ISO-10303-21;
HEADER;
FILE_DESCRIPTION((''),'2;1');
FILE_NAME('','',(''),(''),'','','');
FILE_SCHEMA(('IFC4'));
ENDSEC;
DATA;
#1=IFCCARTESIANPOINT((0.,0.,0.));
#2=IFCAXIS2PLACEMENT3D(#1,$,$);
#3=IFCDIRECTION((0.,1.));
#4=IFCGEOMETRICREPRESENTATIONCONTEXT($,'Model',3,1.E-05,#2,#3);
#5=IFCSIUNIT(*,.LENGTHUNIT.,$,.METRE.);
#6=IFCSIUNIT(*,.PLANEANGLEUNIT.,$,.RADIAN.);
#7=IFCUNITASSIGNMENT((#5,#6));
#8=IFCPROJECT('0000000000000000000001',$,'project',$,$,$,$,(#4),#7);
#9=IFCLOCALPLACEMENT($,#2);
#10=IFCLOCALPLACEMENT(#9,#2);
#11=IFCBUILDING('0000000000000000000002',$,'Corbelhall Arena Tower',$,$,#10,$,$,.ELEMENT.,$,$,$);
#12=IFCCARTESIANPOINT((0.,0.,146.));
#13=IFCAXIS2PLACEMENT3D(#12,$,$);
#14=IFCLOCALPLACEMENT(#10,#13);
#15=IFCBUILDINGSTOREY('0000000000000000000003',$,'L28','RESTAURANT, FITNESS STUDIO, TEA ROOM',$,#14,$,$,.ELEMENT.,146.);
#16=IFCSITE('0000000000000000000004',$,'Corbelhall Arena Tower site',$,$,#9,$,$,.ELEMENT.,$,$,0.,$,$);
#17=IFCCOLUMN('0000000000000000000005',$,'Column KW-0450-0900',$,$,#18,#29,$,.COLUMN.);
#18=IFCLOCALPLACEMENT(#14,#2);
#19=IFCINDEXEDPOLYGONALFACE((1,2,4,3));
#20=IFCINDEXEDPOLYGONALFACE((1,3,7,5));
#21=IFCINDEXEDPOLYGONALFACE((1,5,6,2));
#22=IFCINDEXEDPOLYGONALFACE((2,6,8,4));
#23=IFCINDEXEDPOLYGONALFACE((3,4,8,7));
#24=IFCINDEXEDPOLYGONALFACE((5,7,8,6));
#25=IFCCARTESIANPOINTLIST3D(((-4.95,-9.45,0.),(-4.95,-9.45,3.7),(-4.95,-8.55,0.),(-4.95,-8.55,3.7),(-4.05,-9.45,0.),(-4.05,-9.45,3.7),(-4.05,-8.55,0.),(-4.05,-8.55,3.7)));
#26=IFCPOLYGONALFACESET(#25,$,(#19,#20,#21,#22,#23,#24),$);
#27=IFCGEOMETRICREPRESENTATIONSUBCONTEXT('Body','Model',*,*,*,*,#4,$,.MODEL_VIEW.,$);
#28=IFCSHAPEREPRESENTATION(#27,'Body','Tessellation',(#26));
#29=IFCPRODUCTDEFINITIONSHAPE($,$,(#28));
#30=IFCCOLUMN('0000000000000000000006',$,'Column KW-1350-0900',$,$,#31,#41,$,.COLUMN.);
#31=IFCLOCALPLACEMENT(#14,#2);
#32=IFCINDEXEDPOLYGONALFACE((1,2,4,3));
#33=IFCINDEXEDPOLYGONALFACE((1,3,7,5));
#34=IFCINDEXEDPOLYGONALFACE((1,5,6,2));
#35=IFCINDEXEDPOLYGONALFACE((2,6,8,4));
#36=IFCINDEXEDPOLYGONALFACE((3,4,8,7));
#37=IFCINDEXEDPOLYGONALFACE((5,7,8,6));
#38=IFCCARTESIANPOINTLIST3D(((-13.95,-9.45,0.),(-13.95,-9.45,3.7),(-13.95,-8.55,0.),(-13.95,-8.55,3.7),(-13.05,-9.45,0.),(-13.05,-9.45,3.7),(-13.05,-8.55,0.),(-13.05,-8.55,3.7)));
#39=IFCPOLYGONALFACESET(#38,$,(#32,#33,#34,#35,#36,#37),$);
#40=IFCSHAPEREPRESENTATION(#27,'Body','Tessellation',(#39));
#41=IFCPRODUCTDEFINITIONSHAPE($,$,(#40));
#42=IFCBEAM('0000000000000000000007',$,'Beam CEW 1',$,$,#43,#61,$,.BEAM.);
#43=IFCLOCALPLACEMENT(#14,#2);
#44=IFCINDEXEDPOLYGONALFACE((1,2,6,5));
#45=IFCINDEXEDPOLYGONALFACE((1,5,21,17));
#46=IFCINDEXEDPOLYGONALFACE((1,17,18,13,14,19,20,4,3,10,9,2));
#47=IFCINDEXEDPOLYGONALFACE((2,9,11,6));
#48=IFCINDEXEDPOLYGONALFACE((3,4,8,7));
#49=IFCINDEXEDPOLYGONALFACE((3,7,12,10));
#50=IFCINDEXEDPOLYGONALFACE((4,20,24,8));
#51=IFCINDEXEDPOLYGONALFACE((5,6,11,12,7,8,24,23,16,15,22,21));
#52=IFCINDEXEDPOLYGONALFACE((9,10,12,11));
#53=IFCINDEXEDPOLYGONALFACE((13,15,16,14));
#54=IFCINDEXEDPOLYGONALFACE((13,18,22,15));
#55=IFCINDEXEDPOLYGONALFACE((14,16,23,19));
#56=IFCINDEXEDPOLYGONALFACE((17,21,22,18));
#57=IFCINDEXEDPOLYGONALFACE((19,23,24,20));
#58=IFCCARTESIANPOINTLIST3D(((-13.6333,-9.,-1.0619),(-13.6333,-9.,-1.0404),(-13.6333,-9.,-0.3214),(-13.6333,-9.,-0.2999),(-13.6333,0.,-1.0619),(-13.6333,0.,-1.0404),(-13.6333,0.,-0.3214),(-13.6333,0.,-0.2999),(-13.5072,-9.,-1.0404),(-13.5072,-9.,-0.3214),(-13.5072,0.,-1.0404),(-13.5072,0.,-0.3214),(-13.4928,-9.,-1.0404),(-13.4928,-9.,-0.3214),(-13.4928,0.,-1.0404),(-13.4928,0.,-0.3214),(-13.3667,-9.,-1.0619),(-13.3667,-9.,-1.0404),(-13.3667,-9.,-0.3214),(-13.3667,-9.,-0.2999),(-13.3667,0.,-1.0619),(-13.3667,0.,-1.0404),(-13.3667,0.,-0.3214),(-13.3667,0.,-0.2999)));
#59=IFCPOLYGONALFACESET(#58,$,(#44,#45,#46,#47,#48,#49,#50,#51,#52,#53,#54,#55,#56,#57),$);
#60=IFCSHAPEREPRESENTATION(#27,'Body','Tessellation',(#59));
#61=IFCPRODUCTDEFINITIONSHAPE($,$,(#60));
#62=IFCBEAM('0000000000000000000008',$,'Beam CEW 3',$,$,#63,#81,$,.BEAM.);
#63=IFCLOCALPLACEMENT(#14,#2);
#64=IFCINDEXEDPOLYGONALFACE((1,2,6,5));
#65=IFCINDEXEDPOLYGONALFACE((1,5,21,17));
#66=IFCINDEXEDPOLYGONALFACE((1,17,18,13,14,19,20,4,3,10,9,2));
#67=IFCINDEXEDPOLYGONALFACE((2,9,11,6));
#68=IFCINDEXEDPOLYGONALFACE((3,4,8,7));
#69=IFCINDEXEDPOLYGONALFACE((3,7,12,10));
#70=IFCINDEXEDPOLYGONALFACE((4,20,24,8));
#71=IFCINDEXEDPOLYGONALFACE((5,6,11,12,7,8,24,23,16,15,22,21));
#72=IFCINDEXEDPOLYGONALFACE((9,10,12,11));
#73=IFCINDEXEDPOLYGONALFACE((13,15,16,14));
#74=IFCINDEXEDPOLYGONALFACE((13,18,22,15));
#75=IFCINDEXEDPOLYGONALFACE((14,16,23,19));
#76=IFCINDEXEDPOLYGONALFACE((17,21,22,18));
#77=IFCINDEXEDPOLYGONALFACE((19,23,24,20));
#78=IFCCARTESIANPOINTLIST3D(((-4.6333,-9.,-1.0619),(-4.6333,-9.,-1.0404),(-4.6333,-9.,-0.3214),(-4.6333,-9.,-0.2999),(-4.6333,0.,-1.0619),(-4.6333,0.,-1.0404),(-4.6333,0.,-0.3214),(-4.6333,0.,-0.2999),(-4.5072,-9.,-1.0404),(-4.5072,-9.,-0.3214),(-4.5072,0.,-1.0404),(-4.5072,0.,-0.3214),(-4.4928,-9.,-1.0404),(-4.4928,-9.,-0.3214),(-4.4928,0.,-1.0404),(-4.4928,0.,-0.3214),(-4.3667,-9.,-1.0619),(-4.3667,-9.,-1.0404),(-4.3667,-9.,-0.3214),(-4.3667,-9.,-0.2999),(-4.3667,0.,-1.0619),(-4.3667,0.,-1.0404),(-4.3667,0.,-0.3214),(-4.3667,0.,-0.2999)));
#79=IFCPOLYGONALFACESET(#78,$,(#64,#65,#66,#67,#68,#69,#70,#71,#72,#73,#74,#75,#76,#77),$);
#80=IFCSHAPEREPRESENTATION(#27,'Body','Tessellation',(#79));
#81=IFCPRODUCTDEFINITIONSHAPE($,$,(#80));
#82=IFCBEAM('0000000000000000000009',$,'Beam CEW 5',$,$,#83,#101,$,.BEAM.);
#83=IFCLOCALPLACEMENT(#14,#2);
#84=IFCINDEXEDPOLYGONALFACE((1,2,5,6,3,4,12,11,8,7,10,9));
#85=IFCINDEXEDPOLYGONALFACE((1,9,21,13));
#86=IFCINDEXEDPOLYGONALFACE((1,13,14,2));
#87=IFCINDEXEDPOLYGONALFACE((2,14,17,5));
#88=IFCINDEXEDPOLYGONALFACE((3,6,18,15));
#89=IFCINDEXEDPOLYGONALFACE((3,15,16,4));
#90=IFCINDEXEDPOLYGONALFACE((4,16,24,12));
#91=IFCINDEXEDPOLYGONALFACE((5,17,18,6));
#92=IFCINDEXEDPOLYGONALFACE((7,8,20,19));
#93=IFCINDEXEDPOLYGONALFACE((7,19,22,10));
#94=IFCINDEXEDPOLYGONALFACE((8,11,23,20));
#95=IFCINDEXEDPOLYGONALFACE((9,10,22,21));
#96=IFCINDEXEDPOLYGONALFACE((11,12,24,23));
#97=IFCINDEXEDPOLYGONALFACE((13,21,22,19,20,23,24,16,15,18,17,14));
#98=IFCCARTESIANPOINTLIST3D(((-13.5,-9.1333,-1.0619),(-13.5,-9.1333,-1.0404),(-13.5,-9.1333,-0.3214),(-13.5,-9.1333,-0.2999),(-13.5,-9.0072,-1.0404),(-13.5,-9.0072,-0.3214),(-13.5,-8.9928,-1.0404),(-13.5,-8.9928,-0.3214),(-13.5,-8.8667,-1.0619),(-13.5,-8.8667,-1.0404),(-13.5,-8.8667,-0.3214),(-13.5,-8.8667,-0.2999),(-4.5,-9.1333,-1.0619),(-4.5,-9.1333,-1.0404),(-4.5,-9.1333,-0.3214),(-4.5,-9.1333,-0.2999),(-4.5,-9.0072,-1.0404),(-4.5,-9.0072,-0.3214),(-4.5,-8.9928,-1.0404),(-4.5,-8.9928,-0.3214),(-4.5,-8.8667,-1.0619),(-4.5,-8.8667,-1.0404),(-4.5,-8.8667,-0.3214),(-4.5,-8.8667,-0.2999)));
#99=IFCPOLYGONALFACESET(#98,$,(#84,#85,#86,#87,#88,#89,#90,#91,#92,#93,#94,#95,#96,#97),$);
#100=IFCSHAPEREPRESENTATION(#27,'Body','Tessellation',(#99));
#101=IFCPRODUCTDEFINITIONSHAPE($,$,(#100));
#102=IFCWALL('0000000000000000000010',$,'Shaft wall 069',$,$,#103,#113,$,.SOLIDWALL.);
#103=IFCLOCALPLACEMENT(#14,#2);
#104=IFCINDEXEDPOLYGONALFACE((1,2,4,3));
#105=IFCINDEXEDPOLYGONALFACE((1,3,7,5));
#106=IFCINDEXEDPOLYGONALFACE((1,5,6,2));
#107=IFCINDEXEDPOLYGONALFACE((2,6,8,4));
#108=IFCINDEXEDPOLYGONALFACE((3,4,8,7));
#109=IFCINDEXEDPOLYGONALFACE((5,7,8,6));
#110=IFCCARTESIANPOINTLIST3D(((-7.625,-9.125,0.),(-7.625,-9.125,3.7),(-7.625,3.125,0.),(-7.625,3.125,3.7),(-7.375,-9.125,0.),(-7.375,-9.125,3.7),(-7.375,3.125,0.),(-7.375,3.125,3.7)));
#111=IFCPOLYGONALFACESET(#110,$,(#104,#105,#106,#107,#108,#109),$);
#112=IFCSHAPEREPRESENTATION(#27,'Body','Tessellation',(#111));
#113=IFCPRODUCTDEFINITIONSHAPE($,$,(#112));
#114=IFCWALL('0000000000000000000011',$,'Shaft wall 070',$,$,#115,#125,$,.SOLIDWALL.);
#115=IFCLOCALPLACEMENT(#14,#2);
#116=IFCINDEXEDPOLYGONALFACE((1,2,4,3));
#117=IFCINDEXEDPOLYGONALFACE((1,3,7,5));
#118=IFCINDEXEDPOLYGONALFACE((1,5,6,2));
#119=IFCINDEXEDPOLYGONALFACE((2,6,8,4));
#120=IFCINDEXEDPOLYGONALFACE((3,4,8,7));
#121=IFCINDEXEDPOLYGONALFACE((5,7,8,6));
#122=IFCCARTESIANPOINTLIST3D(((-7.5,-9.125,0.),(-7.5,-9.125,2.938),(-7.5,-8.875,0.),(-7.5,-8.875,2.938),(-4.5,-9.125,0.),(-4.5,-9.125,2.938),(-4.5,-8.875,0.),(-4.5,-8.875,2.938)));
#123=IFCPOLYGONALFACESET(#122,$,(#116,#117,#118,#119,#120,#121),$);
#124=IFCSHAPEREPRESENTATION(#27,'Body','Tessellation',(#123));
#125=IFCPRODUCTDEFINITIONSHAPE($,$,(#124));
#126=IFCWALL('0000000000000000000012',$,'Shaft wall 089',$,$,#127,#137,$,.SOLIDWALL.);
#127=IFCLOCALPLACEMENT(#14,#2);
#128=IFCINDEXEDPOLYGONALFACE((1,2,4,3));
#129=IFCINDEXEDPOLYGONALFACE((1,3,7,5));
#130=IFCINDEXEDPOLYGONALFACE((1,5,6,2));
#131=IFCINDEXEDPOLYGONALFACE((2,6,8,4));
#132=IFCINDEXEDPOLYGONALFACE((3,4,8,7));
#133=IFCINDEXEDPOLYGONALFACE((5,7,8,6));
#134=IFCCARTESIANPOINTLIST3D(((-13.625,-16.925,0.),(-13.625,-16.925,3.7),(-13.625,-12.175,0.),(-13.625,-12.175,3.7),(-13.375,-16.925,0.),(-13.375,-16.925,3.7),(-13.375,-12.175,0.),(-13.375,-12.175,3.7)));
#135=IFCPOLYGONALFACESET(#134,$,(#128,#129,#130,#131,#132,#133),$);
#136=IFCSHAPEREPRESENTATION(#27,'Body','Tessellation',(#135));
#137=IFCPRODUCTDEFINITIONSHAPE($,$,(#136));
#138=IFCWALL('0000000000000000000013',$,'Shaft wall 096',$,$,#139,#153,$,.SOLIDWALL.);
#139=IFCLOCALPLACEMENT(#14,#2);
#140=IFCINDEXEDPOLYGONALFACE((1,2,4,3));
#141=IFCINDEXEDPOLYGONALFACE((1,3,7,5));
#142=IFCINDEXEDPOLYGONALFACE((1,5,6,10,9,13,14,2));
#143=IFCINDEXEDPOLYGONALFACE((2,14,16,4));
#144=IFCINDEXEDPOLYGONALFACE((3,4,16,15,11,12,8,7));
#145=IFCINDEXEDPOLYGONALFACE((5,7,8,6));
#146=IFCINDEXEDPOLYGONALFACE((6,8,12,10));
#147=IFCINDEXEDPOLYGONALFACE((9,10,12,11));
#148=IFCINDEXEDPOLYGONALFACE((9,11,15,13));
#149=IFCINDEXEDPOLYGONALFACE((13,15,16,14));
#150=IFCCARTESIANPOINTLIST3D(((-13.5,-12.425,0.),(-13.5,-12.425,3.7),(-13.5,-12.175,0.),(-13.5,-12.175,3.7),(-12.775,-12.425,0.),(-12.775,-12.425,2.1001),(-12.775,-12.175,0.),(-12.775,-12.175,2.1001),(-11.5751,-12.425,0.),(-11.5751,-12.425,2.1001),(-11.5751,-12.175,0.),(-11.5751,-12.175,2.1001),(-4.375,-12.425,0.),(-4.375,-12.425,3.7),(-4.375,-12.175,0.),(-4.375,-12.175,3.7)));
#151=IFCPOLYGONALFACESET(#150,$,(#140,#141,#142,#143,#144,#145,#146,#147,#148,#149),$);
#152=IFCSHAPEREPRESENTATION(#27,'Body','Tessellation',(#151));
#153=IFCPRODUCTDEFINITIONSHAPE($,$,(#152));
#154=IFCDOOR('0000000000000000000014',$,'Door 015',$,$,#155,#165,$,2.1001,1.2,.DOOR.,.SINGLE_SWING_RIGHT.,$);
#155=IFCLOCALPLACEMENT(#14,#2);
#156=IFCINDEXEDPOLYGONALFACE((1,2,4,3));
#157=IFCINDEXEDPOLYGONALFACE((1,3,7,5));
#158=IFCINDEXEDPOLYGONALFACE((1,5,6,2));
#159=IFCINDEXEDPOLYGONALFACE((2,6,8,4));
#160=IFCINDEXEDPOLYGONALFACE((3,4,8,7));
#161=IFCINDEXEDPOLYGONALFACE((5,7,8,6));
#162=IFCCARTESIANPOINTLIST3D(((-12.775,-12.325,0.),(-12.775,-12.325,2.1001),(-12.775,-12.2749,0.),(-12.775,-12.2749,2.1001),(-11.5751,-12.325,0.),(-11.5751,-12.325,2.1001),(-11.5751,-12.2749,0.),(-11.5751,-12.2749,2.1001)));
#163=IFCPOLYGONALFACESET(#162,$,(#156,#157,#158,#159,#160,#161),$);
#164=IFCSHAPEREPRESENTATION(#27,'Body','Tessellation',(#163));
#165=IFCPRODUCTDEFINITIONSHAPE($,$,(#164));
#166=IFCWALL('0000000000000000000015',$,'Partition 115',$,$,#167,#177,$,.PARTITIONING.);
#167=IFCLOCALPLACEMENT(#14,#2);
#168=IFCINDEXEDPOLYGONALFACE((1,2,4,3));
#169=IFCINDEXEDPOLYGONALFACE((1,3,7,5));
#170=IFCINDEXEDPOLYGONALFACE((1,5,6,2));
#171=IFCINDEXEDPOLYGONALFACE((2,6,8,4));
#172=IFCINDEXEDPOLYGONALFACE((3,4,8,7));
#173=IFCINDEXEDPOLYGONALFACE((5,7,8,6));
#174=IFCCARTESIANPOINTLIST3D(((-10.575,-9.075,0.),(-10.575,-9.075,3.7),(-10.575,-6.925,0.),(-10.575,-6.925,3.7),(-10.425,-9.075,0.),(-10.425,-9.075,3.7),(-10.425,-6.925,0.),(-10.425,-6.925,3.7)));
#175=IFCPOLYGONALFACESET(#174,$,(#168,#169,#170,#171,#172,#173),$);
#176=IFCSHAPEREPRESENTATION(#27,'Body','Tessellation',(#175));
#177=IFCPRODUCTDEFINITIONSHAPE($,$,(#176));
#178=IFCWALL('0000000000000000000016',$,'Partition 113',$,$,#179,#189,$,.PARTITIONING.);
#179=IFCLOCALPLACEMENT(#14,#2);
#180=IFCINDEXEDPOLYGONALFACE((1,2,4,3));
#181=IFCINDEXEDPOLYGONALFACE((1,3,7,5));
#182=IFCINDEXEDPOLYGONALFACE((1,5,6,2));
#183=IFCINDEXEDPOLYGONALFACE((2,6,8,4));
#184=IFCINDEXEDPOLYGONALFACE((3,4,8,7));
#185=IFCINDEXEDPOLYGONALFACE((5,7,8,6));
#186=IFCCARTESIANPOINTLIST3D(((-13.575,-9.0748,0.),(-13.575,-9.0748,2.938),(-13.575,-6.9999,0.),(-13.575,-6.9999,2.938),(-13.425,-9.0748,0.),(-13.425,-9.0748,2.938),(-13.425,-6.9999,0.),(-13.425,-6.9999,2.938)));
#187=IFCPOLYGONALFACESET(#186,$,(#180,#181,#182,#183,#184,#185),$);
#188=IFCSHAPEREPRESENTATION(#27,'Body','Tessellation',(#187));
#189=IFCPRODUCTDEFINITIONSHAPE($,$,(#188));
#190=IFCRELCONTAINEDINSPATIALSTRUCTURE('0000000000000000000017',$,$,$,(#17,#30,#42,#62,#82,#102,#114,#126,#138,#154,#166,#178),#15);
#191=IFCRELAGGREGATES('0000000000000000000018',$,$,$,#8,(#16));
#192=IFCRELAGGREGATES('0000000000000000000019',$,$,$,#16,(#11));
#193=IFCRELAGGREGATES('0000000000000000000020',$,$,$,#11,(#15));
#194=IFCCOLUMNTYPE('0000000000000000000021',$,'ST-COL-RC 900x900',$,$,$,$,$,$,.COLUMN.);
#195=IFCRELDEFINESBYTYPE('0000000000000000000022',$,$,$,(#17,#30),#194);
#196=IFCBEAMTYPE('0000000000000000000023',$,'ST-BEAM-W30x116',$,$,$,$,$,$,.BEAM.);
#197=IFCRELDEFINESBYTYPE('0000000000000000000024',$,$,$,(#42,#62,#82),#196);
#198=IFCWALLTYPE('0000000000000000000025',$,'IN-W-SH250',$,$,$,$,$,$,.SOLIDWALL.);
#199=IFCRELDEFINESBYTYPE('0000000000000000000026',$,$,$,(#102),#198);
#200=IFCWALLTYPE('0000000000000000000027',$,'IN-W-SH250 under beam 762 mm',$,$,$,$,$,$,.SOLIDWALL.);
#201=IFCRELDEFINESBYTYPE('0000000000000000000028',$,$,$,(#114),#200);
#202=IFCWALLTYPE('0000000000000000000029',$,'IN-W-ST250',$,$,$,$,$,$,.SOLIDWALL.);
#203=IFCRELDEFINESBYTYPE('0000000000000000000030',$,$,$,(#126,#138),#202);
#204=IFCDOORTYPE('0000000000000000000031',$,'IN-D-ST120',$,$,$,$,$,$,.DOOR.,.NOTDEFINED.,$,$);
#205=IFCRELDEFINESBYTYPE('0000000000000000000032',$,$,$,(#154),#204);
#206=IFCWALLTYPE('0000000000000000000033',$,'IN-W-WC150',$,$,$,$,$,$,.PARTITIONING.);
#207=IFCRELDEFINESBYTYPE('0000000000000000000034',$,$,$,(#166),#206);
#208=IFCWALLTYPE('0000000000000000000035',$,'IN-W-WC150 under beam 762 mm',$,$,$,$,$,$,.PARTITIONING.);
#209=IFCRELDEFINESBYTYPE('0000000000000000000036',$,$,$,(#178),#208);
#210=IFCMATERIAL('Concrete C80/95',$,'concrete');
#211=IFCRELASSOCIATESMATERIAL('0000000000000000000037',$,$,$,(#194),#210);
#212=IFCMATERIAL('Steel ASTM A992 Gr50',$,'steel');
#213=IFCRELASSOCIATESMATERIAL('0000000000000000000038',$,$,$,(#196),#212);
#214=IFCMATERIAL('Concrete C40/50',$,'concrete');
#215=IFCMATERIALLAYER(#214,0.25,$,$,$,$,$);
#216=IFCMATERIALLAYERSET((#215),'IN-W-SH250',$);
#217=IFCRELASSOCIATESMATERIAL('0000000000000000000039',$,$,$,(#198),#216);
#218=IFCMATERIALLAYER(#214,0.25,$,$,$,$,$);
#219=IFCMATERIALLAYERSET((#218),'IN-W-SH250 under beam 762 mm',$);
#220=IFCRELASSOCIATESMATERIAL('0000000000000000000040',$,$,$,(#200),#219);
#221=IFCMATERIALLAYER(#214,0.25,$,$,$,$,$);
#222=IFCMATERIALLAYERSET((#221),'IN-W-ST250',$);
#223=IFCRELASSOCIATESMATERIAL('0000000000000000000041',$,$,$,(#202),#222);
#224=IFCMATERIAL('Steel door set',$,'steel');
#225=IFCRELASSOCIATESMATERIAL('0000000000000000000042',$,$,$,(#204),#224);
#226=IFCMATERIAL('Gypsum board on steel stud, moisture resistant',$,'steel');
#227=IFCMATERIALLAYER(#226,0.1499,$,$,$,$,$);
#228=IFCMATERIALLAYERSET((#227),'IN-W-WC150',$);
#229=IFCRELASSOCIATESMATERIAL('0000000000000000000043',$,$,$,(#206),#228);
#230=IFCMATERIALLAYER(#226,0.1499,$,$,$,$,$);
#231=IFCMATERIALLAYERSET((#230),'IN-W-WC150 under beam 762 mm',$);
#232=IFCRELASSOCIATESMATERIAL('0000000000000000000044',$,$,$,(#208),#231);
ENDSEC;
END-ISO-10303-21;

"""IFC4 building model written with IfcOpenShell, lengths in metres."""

from ifc_helpers import new_model, si_unit, direction, frame, frame_2d, origin, origin_2d, place, context, subcontext, project, spatial, rectangle, i_section, extrude, material, layer, layer_set, material_profile, profile_set, type_object, element, fill, save


model = new_model("IFC4")

# Units and contexts
model_context = context("Model", 3, precision=1e-05, world=origin(), true_north=direction((0.0, 1.0)))
body_context = subcontext(model_context, "Body", "Model", "MODEL_VIEW")
ifc_project = project(units=[si_unit("LENGTHUNIT", "METRE"), si_unit("PLANEANGLEUNIT", "RADIAN")], contexts=[model_context])

# Site, building, storey
site_placement = place(None, origin())
site = spatial("IfcSite", under=ifc_project, at=site_placement, Name="Corbelhall Arena Tower site", CompositionType="ELEMENT", RefElevation=0.0)
building_placement = place(site_placement, origin())
building = spatial("IfcBuilding", under=site, at=building_placement, Name="Corbelhall Arena Tower", CompositionType="ELEMENT")
storey_placement = place(building_placement, frame((0.0, 0.0, 146.0)))
storey = spatial("IfcBuildingStorey", under=building, at=storey_placement, Name="L28", Description="RESTAURANT, FITNESS STUDIO, TEA ROOM", CompositionType="ELEMENT", Elevation=146.0)

# Columns
ifc_material_1 = material(Name="Concrete C80/95", Category="concrete")
ifc_material_profile_1 = material_profile(ifc_material_1, rectangle(XDim=0.8999, YDim=0.8999, at=origin_2d()))
ifc_profile_set_1 = profile_set([ifc_material_profile_1], Name="Concrete C80/95")
column_type = type_object("IfcColumnType", Name="ST-COL-RC 900x900", PredefinedType="COLUMN", material=ifc_profile_set_1)
for number, where, z_axis, x_axis, name in (
    (1, (-4.5, -9.0, 0.0), (0.0, 0.0, 1.0), (1.0, 0.0, 0.0), "Column KW-0450-0900"),
    (2, (-13.5, -9.0, 0.0), (0.0, 0.0, 1.0), (1.0, 0.0, 0.0), "Column KW-1350-0900"),
):
    element("IfcColumn", number, at=place(storey_placement, frame(where, z_axis=z_axis, x_axis=x_axis)), inside=storey, type_object=column_type, Name=name, PredefinedType="COLUMN", context=body_context, shape_type="SweptSolid", body=[
        extrude(rectangle(XDim=0.8999, YDim=0.8999, at=origin_2d()), origin(), (0.0, 0.0, 1.0), 3.7),
    ])

# Beams
ifc_material_2 = material(Name="Steel ASTM A992 Gr50", Category="steel")
ifc_material_profile_2 = material_profile(ifc_material_2, i_section(OverallWidth=0.2666, OverallDepth=0.762, WebThickness=0.0144, FlangeThickness=0.0215, at=origin_2d()))
ifc_profile_set_2 = profile_set([ifc_material_profile_2], Name="Steel ASTM A992 Gr50")
beam_type = type_object("IfcBeamType", Name="ST-BEAM-W30x116", PredefinedType="BEAM", material=ifc_profile_set_2)
for number, where, z_axis, x_axis, name in (
    (3, (-13.5, -9.0, -0.6809), (0.0, 1.0, 0.0), (-1.0, 0.0, 0.0), "Beam CEW 1"),
    (4, (-4.5, -9.0, -0.6809), (0.0, 1.0, 0.0), (-1.0, 0.0, 0.0), "Beam CEW 3"),
    (5, (-13.5, -9.0, -0.6809), (1.0, 0.0, 0.0), (0.0, 1.0, 0.0), "Beam CEW 5"),
):
    element("IfcBeam", number, at=place(storey_placement, frame(where, z_axis=z_axis, x_axis=x_axis)), inside=storey, type_object=beam_type, Name=name, PredefinedType="BEAM", context=body_context, shape_type="SweptSolid", body=[
        extrude(i_section(OverallWidth=0.2666, OverallDepth=0.762, WebThickness=0.0144, FlangeThickness=0.0215, at=origin_2d()), origin(), (0.0, 0.0, 1.0), 9.0),
    ])

# Shared definitions
ifc_material_3 = material(Name="Steel door set", Category="steel")

# Walls
ifc_material_4 = material(Name="Concrete C40/50", Category="concrete")
ifc_layer_1 = layer(ifc_material_4, 0.25)
ifc_layer_set_1 = layer_set([ifc_layer_1], Name="IN-W-SH250")
wall_type_1 = type_object("IfcWallType", Name="IN-W-SH250", PredefinedType="SOLIDWALL", material=ifc_layer_set_1)
wall_1_placement = place(storey_placement, frame((-7.5, -9.125, 0.0), z_axis=(0.0, 0.0, 1.0), x_axis=(0.0, 1.0, 0.0)))
element("IfcWall", 6, at=wall_1_placement, inside=storey, type_object=wall_type_1, Name="Shaft wall 069", PredefinedType="SOLIDWALL", context=body_context, shape_type="SweptSolid", body=[
    extrude(rectangle(XDim=12.25, YDim=0.25, at=frame_2d((6.125, 0.0))), origin(), (0.0, 0.0, 1.0), 3.7),
])
ifc_layer_2 = layer(ifc_material_4, 0.25)
ifc_layer_set_2 = layer_set([ifc_layer_2], Name="IN-W-SH250 under beam 762 mm")
wall_type_2 = type_object("IfcWallType", Name="IN-W-SH250 under beam 762 mm", PredefinedType="SOLIDWALL", material=ifc_layer_set_2)
wall_2_placement = place(storey_placement, frame((-4.5, -9.0, 0.0), z_axis=(0.0, 0.0, 1.0), x_axis=(-1.0, 0.0, 0.0)))
element("IfcWall", 7, at=wall_2_placement, inside=storey, type_object=wall_type_2, Name="Shaft wall 070", PredefinedType="SOLIDWALL", context=body_context, shape_type="SweptSolid", body=[
    extrude(rectangle(XDim=3.0, YDim=0.25, at=frame_2d((1.5, 0.0))), origin(), (0.0, 0.0, 1.0), 2.938),
])
ifc_layer_3 = layer(ifc_material_4, 0.25)
ifc_layer_set_3 = layer_set([ifc_layer_3], Name="IN-W-ST250")
wall_type_3 = type_object("IfcWallType", Name="IN-W-ST250", PredefinedType="SOLIDWALL", material=ifc_layer_set_3)
wall_3_placement = place(storey_placement, frame((-13.5, -12.175, 0.0), z_axis=(0.0, 0.0, 1.0), x_axis=(0.0, -1.0, 0.0)))
element("IfcWall", 8, at=wall_3_placement, inside=storey, type_object=wall_type_3, Name="Shaft wall 089", PredefinedType="SOLIDWALL", context=body_context, shape_type="SweptSolid", body=[
    extrude(rectangle(XDim=4.75, YDim=0.25, at=frame_2d((2.375, 0.0))), origin(), (0.0, 0.0, 1.0), 3.7),
])

# Wall, opening, door
wall_4_placement = place(storey_placement, frame((-4.375, -12.3, 0.0), z_axis=(0.0, 0.0, 1.0), x_axis=(-1.0, 0.0, 0.0)))
wall_4 = element("IfcWall", 9, at=wall_4_placement, inside=storey, type_object=wall_type_3, Name="Shaft wall 096", PredefinedType="SOLIDWALL", context=body_context, shape_type="SweptSolid", body=[
    extrude(rectangle(XDim=9.125, YDim=0.25, at=frame_2d((4.5625, 0.0))), origin(), (0.0, 0.0, 1.0), 3.7),
])
opening_1_placement = place(wall_4_placement, frame((7.2, 0.0, 0.0)))
opening_1 = element("IfcOpeningElement", 10, at=opening_1_placement, cuts=wall_4, PredefinedType="OPENING", context=body_context, shape_type="SweptSolid", body=[
    extrude(rectangle(XDim=1.2, YDim=2.1001, at=frame_2d((0.6001, 1.05))), frame((0.0, 0.125, 0.0), z_axis=(0.0, -1.0, 0.0), x_axis=(1.0, 0.0, 0.0)), (0.0, 0.0, 1.0), 0.25),
])
door_type_1 = type_object("IfcDoorType", Name="IN-D-ST120", OperationType="NOTDEFINED", PredefinedType="DOOR", material=ifc_material_3)
door_1_placement = place(opening_1_placement, origin())
door_1 = element("IfcDoor", 11, at=door_1_placement, inside=storey, type_object=door_type_1, Name="Door 015", OperationType="SINGLE_SWING_RIGHT", OverallHeight=2.1001, OverallWidth=1.2, PredefinedType="DOOR", context=body_context, shape_type="SweptSolid", body=[
    extrude(rectangle(XDim=1.2, YDim=2.1001, at=frame_2d((0.6001, 1.05))), frame((0.0, 0.0249, 0.0), z_axis=(0.0, -1.0, 0.0), x_axis=(1.0, 0.0, 0.0)), (0.0, 0.0, 1.0), 0.05),
])
fill(opening_1, door_1)

# Walls
ifc_material_5 = material(Name="Gypsum board on steel stud, moisture resistant", Category="steel")
ifc_layer_4 = layer(ifc_material_5, 0.1499)
ifc_layer_set_4 = layer_set([ifc_layer_4], Name="IN-W-WC150")
wall_type_4 = type_object("IfcWallType", Name="IN-W-WC150", PredefinedType="PARTITIONING", material=ifc_layer_set_4)
wall_5_placement = place(storey_placement, frame((-10.5, -9.075, 0.0), z_axis=(0.0, 0.0, 1.0), x_axis=(0.0, 1.0, 0.0)))
element("IfcWall", 12, at=wall_5_placement, inside=storey, type_object=wall_type_4, Name="Partition 115", PredefinedType="PARTITIONING", context=body_context, shape_type="SweptSolid", body=[
    extrude(rectangle(XDim=2.1499, YDim=0.1499, at=frame_2d((1.075, 0.0))), origin(), (0.0, 0.0, 1.0), 3.7),
])
ifc_layer_5 = layer(ifc_material_5, 0.1499)
ifc_layer_set_5 = layer_set([ifc_layer_5], Name="IN-W-WC150 under beam 762 mm")
wall_type_5 = type_object("IfcWallType", Name="IN-W-WC150 under beam 762 mm", PredefinedType="PARTITIONING", material=ifc_layer_set_5)
wall_6_placement = place(storey_placement, frame((-13.5, -9.075, 0.0), z_axis=(0.0, 0.0, 1.0), x_axis=(0.0, 1.0, 0.0)))
element("IfcWall", 13, at=wall_6_placement, inside=storey, type_object=wall_type_5, Name="Partition 113", PredefinedType="PARTITIONING", context=body_context, shape_type="SweptSolid", body=[
    extrude(rectangle(XDim=2.075, YDim=0.1499, at=frame_2d((1.0376, 0.0))), origin(), (0.0, 0.0, 1.0), 2.938),
])

save(model, "model.ifc")
